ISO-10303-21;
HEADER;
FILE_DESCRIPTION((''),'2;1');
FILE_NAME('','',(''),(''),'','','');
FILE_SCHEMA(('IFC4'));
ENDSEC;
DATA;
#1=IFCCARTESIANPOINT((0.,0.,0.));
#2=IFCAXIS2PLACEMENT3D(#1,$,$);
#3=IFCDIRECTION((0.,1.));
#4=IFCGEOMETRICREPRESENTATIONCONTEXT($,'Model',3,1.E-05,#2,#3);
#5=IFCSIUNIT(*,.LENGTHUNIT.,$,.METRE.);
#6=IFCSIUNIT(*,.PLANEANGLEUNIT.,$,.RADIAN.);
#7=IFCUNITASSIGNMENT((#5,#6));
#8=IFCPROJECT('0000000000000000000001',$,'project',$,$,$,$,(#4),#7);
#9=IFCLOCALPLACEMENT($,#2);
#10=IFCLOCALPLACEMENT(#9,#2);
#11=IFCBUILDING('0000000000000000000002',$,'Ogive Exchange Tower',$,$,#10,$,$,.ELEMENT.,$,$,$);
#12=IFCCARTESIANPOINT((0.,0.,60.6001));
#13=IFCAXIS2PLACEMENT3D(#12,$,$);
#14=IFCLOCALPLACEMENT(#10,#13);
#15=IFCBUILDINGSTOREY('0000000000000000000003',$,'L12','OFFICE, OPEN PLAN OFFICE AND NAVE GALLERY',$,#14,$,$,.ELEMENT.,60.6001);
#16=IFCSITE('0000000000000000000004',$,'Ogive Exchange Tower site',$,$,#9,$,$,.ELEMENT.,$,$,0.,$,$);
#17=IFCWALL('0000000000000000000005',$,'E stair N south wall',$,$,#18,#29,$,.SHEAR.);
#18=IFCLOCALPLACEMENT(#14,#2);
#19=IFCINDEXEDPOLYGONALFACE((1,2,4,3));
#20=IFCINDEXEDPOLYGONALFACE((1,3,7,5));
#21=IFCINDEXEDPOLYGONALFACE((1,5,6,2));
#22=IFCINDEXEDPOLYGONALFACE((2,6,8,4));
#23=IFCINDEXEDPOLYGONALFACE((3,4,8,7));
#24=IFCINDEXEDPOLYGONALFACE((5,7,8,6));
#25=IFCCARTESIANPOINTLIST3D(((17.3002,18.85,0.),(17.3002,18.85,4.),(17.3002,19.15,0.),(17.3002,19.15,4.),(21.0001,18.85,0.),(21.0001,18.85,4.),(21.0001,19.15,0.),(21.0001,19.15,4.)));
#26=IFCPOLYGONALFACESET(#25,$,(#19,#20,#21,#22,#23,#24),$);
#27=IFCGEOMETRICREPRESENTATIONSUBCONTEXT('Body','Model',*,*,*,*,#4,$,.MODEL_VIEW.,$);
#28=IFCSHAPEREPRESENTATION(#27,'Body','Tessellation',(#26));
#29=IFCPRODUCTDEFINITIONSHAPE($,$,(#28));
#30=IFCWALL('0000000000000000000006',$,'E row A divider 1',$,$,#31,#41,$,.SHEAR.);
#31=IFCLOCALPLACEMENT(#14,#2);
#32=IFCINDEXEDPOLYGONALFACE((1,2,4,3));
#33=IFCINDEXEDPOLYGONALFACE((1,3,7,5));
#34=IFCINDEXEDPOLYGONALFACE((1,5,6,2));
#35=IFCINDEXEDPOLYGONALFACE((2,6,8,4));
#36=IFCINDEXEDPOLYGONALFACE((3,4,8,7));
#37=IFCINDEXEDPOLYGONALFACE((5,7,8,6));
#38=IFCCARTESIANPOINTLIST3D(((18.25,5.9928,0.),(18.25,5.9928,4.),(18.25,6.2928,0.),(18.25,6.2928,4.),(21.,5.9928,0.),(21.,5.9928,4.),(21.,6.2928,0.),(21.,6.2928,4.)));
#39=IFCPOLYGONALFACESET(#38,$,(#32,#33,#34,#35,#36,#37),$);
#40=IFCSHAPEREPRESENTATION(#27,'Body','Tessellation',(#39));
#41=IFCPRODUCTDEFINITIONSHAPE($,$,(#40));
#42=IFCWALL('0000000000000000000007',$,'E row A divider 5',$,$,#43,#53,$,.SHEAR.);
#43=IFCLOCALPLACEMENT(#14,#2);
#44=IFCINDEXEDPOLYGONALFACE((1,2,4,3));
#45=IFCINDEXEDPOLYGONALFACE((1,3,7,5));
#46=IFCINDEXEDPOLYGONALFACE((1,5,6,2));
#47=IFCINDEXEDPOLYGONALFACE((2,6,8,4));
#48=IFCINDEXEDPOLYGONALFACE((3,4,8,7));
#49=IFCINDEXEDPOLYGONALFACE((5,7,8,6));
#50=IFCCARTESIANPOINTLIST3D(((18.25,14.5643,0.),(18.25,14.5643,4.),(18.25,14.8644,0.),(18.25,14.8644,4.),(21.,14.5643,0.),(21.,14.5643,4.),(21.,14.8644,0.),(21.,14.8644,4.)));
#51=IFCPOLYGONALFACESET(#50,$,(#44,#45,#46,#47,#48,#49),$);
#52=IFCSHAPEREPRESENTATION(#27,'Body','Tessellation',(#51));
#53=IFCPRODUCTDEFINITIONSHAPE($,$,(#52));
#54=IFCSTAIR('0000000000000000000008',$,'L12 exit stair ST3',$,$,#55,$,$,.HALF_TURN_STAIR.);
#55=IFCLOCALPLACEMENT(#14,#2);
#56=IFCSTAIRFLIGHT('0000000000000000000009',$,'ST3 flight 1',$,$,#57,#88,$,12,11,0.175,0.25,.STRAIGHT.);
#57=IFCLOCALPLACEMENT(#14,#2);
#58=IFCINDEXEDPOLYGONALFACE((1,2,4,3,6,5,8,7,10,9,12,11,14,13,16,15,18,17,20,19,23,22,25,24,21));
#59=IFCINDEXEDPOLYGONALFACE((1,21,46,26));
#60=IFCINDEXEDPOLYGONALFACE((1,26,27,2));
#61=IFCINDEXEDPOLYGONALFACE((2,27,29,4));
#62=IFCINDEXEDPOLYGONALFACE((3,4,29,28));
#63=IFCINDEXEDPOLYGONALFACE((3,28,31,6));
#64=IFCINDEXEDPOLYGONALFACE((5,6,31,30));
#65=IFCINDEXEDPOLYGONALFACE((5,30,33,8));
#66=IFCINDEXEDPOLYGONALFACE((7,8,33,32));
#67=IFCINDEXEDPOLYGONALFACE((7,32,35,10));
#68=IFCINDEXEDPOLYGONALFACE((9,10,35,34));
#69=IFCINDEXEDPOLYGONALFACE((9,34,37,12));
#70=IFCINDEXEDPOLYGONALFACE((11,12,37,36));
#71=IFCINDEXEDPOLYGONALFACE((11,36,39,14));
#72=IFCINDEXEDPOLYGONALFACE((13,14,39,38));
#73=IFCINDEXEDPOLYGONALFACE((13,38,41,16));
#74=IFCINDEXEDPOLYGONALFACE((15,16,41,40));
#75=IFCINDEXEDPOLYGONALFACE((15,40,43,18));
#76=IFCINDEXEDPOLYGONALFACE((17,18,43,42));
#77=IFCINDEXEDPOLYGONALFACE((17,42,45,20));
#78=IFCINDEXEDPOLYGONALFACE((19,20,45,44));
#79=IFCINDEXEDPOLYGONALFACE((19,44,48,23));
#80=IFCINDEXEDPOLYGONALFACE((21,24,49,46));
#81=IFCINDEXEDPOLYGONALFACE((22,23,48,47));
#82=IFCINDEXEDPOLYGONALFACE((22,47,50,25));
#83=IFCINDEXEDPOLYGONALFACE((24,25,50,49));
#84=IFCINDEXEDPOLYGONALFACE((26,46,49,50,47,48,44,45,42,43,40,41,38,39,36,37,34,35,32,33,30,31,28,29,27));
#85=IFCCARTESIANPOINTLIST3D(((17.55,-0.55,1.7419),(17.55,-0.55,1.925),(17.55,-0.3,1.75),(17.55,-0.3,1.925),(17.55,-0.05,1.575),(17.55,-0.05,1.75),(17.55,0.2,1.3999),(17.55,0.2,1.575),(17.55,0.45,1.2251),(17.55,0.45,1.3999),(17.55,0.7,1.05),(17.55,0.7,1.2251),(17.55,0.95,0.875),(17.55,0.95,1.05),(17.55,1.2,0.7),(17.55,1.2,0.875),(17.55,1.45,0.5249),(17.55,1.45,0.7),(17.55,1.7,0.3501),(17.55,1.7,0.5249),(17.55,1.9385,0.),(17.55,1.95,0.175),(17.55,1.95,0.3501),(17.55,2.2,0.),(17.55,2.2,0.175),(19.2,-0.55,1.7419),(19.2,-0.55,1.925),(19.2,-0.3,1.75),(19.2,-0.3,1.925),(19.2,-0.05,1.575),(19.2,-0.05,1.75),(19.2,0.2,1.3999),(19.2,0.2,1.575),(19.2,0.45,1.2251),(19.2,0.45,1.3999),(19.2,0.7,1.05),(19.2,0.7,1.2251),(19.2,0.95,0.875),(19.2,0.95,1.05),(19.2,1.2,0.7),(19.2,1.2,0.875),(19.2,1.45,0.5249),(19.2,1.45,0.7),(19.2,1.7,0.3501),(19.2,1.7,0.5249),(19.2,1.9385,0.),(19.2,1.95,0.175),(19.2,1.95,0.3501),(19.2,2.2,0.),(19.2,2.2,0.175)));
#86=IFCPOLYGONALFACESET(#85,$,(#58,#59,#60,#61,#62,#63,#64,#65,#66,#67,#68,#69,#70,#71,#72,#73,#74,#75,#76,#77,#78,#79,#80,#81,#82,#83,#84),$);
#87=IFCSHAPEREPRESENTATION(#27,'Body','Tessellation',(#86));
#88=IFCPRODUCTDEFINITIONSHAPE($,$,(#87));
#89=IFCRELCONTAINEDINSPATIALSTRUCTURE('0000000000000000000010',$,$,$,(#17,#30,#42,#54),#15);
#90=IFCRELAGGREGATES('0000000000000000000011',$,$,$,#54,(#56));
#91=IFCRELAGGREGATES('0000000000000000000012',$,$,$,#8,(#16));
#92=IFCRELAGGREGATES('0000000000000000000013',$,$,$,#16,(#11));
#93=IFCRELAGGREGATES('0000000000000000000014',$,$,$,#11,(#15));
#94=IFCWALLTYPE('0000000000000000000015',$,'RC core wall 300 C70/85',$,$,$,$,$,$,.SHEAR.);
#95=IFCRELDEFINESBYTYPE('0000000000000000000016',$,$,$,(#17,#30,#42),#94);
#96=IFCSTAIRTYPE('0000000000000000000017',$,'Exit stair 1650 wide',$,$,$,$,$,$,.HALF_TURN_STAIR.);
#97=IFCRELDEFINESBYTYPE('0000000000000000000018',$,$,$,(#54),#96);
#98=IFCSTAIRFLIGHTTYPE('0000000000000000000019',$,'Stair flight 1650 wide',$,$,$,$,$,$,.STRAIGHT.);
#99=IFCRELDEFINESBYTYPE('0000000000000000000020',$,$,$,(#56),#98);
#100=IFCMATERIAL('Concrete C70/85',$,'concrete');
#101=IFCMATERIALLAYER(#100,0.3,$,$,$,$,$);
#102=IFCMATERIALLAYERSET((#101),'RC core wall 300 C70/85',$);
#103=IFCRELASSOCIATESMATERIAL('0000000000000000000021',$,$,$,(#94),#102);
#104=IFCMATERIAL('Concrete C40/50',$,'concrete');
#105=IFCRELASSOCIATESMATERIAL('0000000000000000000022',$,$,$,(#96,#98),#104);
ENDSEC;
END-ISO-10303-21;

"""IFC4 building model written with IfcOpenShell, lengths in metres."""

from ifc_helpers import new_model, si_unit, direction, frame, frame_2d, origin, place, context, subcontext, project, spatial, polyline, rectangle, outline, extrude, material, layer, layer_set, type_object, element, aggregate, save


model = new_model("IFC4")

# Units and contexts
model_context = context("Model", 3, precision=1e-05, world=origin(), true_north=direction((0.0, 1.0)))
body_context = subcontext(model_context, "Body", "Model", "MODEL_VIEW")
ifc_project = project(units=[si_unit("LENGTHUNIT", "METRE"), si_unit("PLANEANGLEUNIT", "RADIAN")], contexts=[model_context])

# Site, building, storey
site_placement = place(None, origin())
site = spatial("IfcSite", under=ifc_project, at=site_placement, Name="Ogive Exchange Tower site", CompositionType="ELEMENT", RefElevation=0.0)
building_placement = place(site_placement, origin())
building = spatial("IfcBuilding", under=site, at=building_placement, Name="Ogive Exchange Tower", CompositionType="ELEMENT")
storey_placement = place(building_placement, frame((0.0, 0.0, 60.6001)))
storey = spatial("IfcBuildingStorey", under=building, at=storey_placement, Name="L12", Description="OFFICE, OPEN PLAN OFFICE AND NAVE GALLERY", CompositionType="ELEMENT", Elevation=60.6001)

# Shared definitions
ifc_material_1 = material(Name="Concrete C70/85", Category="concrete")

# Walls
ifc_layer_1 = layer(ifc_material_1, 0.3)
ifc_layer_set_1 = layer_set([ifc_layer_1], Name="RC core wall 300 C70/85")
wall_type_1 = type_object("IfcWallType", Name="RC core wall 300 C70/85", PredefinedType="SHEAR", material=ifc_layer_set_1)
wall_1_placement = place(storey_placement, frame((17.3, 19.0, 0.0), z_axis=(0.0, 0.0, 1.0), x_axis=(1.0, 0.0, 0.0)))
element("IfcWall", 1, at=wall_1_placement, inside=storey, type_object=wall_type_1, Name="E stair N south wall", PredefinedType="SHEAR", context=body_context, shape_type="SweptSolid", body=[
    extrude(rectangle(XDim=3.7, YDim=0.3, at=frame_2d((1.8501, 0.0))), origin(), (0.0, 0.0, 1.0), 4.0),
])
for number, where, z_axis, x_axis, name in (
    (2, (18.25, 6.1428, 0.0), (0.0, 0.0, 1.0), (1.0, 0.0, 0.0), "E row A divider 1"),
    (3, (18.25, 14.7144, 0.0), (0.0, 0.0, 1.0), (1.0, 0.0, 0.0), "E row A divider 5"),
):
    element("IfcWall", number, at=place(storey_placement, frame(where, z_axis=z_axis, x_axis=x_axis)), inside=storey, type_object=wall_type_1, Name=name, PredefinedType="SHEAR", context=body_context, shape_type="SweptSolid", body=[
        extrude(rectangle(XDim=2.75, YDim=0.3, at=frame_2d((1.375, 0.0))), origin(), (0.0, 0.0, 1.0), 4.0),
    ])

# Stair, stair flight
ifc_material_2 = material(Name="Concrete C40/50", Category="concrete")
stair_type = type_object("IfcStairType", Name="Exit stair 1650 wide", PredefinedType="HALF_TURN_STAIR", material=ifc_material_2)
stair_placement = place(storey_placement, origin())
stair = element("IfcStair", 4, at=stair_placement, inside=storey, type_object=stair_type, Name="L12 exit stair ST3", PredefinedType="HALF_TURN_STAIR")
stair_flight_type = type_object("IfcStairFlightType", Name="Stair flight 1650 wide", PredefinedType="STRAIGHT", material=ifc_material_2)
stair_flight_placement = place(storey_placement, frame((18.375, 2.2, 0.0), z_axis=(0.0, 0.0, 1.0), x_axis=(0.0, -1.0, 0.0)))
stair_flight = element("IfcStairFlight", 5, at=stair_flight_placement, type_object=stair_flight_type, Name="ST3 flight 1", NumberOfRisers=12, NumberOfTreads=11, PredefinedType="STRAIGHT", RiserHeight=0.175, TreadLength=0.25, context=body_context, shape_type="SweptSolid", body=[
    extrude(outline(polyline([(0.0, 0.0), (0.0, 0.175), (0.25, 0.175), (0.25, 0.3501), (0.5, 0.3501), (0.5, 0.5249), (0.75, 0.5249), (0.75, 0.7), (1.0, 0.7), (1.0, 0.875), (1.25, 0.875), (1.25, 1.05), (1.5, 1.05), (1.5, 1.2251), (1.75, 1.2251), (1.75, 1.3999), (2.0, 1.3999), (2.0, 1.575), (2.25, 1.575), (2.25, 1.75), (2.5, 1.75), (2.5, 1.925), (2.75, 1.925), (2.75, 2.1001), (2.75, 1.7419), (0.2615, 0.0), (0.0, 0.0)])), frame((0.0, 0.825, 0.0), z_axis=(0.0, -1.0, 0.0), x_axis=(1.0, 0.0, 0.0)), (0.0, 0.0, 1.0), 1.6499),
])
aggregate(stair, [stair_flight])

save(model, "model.ifc")
